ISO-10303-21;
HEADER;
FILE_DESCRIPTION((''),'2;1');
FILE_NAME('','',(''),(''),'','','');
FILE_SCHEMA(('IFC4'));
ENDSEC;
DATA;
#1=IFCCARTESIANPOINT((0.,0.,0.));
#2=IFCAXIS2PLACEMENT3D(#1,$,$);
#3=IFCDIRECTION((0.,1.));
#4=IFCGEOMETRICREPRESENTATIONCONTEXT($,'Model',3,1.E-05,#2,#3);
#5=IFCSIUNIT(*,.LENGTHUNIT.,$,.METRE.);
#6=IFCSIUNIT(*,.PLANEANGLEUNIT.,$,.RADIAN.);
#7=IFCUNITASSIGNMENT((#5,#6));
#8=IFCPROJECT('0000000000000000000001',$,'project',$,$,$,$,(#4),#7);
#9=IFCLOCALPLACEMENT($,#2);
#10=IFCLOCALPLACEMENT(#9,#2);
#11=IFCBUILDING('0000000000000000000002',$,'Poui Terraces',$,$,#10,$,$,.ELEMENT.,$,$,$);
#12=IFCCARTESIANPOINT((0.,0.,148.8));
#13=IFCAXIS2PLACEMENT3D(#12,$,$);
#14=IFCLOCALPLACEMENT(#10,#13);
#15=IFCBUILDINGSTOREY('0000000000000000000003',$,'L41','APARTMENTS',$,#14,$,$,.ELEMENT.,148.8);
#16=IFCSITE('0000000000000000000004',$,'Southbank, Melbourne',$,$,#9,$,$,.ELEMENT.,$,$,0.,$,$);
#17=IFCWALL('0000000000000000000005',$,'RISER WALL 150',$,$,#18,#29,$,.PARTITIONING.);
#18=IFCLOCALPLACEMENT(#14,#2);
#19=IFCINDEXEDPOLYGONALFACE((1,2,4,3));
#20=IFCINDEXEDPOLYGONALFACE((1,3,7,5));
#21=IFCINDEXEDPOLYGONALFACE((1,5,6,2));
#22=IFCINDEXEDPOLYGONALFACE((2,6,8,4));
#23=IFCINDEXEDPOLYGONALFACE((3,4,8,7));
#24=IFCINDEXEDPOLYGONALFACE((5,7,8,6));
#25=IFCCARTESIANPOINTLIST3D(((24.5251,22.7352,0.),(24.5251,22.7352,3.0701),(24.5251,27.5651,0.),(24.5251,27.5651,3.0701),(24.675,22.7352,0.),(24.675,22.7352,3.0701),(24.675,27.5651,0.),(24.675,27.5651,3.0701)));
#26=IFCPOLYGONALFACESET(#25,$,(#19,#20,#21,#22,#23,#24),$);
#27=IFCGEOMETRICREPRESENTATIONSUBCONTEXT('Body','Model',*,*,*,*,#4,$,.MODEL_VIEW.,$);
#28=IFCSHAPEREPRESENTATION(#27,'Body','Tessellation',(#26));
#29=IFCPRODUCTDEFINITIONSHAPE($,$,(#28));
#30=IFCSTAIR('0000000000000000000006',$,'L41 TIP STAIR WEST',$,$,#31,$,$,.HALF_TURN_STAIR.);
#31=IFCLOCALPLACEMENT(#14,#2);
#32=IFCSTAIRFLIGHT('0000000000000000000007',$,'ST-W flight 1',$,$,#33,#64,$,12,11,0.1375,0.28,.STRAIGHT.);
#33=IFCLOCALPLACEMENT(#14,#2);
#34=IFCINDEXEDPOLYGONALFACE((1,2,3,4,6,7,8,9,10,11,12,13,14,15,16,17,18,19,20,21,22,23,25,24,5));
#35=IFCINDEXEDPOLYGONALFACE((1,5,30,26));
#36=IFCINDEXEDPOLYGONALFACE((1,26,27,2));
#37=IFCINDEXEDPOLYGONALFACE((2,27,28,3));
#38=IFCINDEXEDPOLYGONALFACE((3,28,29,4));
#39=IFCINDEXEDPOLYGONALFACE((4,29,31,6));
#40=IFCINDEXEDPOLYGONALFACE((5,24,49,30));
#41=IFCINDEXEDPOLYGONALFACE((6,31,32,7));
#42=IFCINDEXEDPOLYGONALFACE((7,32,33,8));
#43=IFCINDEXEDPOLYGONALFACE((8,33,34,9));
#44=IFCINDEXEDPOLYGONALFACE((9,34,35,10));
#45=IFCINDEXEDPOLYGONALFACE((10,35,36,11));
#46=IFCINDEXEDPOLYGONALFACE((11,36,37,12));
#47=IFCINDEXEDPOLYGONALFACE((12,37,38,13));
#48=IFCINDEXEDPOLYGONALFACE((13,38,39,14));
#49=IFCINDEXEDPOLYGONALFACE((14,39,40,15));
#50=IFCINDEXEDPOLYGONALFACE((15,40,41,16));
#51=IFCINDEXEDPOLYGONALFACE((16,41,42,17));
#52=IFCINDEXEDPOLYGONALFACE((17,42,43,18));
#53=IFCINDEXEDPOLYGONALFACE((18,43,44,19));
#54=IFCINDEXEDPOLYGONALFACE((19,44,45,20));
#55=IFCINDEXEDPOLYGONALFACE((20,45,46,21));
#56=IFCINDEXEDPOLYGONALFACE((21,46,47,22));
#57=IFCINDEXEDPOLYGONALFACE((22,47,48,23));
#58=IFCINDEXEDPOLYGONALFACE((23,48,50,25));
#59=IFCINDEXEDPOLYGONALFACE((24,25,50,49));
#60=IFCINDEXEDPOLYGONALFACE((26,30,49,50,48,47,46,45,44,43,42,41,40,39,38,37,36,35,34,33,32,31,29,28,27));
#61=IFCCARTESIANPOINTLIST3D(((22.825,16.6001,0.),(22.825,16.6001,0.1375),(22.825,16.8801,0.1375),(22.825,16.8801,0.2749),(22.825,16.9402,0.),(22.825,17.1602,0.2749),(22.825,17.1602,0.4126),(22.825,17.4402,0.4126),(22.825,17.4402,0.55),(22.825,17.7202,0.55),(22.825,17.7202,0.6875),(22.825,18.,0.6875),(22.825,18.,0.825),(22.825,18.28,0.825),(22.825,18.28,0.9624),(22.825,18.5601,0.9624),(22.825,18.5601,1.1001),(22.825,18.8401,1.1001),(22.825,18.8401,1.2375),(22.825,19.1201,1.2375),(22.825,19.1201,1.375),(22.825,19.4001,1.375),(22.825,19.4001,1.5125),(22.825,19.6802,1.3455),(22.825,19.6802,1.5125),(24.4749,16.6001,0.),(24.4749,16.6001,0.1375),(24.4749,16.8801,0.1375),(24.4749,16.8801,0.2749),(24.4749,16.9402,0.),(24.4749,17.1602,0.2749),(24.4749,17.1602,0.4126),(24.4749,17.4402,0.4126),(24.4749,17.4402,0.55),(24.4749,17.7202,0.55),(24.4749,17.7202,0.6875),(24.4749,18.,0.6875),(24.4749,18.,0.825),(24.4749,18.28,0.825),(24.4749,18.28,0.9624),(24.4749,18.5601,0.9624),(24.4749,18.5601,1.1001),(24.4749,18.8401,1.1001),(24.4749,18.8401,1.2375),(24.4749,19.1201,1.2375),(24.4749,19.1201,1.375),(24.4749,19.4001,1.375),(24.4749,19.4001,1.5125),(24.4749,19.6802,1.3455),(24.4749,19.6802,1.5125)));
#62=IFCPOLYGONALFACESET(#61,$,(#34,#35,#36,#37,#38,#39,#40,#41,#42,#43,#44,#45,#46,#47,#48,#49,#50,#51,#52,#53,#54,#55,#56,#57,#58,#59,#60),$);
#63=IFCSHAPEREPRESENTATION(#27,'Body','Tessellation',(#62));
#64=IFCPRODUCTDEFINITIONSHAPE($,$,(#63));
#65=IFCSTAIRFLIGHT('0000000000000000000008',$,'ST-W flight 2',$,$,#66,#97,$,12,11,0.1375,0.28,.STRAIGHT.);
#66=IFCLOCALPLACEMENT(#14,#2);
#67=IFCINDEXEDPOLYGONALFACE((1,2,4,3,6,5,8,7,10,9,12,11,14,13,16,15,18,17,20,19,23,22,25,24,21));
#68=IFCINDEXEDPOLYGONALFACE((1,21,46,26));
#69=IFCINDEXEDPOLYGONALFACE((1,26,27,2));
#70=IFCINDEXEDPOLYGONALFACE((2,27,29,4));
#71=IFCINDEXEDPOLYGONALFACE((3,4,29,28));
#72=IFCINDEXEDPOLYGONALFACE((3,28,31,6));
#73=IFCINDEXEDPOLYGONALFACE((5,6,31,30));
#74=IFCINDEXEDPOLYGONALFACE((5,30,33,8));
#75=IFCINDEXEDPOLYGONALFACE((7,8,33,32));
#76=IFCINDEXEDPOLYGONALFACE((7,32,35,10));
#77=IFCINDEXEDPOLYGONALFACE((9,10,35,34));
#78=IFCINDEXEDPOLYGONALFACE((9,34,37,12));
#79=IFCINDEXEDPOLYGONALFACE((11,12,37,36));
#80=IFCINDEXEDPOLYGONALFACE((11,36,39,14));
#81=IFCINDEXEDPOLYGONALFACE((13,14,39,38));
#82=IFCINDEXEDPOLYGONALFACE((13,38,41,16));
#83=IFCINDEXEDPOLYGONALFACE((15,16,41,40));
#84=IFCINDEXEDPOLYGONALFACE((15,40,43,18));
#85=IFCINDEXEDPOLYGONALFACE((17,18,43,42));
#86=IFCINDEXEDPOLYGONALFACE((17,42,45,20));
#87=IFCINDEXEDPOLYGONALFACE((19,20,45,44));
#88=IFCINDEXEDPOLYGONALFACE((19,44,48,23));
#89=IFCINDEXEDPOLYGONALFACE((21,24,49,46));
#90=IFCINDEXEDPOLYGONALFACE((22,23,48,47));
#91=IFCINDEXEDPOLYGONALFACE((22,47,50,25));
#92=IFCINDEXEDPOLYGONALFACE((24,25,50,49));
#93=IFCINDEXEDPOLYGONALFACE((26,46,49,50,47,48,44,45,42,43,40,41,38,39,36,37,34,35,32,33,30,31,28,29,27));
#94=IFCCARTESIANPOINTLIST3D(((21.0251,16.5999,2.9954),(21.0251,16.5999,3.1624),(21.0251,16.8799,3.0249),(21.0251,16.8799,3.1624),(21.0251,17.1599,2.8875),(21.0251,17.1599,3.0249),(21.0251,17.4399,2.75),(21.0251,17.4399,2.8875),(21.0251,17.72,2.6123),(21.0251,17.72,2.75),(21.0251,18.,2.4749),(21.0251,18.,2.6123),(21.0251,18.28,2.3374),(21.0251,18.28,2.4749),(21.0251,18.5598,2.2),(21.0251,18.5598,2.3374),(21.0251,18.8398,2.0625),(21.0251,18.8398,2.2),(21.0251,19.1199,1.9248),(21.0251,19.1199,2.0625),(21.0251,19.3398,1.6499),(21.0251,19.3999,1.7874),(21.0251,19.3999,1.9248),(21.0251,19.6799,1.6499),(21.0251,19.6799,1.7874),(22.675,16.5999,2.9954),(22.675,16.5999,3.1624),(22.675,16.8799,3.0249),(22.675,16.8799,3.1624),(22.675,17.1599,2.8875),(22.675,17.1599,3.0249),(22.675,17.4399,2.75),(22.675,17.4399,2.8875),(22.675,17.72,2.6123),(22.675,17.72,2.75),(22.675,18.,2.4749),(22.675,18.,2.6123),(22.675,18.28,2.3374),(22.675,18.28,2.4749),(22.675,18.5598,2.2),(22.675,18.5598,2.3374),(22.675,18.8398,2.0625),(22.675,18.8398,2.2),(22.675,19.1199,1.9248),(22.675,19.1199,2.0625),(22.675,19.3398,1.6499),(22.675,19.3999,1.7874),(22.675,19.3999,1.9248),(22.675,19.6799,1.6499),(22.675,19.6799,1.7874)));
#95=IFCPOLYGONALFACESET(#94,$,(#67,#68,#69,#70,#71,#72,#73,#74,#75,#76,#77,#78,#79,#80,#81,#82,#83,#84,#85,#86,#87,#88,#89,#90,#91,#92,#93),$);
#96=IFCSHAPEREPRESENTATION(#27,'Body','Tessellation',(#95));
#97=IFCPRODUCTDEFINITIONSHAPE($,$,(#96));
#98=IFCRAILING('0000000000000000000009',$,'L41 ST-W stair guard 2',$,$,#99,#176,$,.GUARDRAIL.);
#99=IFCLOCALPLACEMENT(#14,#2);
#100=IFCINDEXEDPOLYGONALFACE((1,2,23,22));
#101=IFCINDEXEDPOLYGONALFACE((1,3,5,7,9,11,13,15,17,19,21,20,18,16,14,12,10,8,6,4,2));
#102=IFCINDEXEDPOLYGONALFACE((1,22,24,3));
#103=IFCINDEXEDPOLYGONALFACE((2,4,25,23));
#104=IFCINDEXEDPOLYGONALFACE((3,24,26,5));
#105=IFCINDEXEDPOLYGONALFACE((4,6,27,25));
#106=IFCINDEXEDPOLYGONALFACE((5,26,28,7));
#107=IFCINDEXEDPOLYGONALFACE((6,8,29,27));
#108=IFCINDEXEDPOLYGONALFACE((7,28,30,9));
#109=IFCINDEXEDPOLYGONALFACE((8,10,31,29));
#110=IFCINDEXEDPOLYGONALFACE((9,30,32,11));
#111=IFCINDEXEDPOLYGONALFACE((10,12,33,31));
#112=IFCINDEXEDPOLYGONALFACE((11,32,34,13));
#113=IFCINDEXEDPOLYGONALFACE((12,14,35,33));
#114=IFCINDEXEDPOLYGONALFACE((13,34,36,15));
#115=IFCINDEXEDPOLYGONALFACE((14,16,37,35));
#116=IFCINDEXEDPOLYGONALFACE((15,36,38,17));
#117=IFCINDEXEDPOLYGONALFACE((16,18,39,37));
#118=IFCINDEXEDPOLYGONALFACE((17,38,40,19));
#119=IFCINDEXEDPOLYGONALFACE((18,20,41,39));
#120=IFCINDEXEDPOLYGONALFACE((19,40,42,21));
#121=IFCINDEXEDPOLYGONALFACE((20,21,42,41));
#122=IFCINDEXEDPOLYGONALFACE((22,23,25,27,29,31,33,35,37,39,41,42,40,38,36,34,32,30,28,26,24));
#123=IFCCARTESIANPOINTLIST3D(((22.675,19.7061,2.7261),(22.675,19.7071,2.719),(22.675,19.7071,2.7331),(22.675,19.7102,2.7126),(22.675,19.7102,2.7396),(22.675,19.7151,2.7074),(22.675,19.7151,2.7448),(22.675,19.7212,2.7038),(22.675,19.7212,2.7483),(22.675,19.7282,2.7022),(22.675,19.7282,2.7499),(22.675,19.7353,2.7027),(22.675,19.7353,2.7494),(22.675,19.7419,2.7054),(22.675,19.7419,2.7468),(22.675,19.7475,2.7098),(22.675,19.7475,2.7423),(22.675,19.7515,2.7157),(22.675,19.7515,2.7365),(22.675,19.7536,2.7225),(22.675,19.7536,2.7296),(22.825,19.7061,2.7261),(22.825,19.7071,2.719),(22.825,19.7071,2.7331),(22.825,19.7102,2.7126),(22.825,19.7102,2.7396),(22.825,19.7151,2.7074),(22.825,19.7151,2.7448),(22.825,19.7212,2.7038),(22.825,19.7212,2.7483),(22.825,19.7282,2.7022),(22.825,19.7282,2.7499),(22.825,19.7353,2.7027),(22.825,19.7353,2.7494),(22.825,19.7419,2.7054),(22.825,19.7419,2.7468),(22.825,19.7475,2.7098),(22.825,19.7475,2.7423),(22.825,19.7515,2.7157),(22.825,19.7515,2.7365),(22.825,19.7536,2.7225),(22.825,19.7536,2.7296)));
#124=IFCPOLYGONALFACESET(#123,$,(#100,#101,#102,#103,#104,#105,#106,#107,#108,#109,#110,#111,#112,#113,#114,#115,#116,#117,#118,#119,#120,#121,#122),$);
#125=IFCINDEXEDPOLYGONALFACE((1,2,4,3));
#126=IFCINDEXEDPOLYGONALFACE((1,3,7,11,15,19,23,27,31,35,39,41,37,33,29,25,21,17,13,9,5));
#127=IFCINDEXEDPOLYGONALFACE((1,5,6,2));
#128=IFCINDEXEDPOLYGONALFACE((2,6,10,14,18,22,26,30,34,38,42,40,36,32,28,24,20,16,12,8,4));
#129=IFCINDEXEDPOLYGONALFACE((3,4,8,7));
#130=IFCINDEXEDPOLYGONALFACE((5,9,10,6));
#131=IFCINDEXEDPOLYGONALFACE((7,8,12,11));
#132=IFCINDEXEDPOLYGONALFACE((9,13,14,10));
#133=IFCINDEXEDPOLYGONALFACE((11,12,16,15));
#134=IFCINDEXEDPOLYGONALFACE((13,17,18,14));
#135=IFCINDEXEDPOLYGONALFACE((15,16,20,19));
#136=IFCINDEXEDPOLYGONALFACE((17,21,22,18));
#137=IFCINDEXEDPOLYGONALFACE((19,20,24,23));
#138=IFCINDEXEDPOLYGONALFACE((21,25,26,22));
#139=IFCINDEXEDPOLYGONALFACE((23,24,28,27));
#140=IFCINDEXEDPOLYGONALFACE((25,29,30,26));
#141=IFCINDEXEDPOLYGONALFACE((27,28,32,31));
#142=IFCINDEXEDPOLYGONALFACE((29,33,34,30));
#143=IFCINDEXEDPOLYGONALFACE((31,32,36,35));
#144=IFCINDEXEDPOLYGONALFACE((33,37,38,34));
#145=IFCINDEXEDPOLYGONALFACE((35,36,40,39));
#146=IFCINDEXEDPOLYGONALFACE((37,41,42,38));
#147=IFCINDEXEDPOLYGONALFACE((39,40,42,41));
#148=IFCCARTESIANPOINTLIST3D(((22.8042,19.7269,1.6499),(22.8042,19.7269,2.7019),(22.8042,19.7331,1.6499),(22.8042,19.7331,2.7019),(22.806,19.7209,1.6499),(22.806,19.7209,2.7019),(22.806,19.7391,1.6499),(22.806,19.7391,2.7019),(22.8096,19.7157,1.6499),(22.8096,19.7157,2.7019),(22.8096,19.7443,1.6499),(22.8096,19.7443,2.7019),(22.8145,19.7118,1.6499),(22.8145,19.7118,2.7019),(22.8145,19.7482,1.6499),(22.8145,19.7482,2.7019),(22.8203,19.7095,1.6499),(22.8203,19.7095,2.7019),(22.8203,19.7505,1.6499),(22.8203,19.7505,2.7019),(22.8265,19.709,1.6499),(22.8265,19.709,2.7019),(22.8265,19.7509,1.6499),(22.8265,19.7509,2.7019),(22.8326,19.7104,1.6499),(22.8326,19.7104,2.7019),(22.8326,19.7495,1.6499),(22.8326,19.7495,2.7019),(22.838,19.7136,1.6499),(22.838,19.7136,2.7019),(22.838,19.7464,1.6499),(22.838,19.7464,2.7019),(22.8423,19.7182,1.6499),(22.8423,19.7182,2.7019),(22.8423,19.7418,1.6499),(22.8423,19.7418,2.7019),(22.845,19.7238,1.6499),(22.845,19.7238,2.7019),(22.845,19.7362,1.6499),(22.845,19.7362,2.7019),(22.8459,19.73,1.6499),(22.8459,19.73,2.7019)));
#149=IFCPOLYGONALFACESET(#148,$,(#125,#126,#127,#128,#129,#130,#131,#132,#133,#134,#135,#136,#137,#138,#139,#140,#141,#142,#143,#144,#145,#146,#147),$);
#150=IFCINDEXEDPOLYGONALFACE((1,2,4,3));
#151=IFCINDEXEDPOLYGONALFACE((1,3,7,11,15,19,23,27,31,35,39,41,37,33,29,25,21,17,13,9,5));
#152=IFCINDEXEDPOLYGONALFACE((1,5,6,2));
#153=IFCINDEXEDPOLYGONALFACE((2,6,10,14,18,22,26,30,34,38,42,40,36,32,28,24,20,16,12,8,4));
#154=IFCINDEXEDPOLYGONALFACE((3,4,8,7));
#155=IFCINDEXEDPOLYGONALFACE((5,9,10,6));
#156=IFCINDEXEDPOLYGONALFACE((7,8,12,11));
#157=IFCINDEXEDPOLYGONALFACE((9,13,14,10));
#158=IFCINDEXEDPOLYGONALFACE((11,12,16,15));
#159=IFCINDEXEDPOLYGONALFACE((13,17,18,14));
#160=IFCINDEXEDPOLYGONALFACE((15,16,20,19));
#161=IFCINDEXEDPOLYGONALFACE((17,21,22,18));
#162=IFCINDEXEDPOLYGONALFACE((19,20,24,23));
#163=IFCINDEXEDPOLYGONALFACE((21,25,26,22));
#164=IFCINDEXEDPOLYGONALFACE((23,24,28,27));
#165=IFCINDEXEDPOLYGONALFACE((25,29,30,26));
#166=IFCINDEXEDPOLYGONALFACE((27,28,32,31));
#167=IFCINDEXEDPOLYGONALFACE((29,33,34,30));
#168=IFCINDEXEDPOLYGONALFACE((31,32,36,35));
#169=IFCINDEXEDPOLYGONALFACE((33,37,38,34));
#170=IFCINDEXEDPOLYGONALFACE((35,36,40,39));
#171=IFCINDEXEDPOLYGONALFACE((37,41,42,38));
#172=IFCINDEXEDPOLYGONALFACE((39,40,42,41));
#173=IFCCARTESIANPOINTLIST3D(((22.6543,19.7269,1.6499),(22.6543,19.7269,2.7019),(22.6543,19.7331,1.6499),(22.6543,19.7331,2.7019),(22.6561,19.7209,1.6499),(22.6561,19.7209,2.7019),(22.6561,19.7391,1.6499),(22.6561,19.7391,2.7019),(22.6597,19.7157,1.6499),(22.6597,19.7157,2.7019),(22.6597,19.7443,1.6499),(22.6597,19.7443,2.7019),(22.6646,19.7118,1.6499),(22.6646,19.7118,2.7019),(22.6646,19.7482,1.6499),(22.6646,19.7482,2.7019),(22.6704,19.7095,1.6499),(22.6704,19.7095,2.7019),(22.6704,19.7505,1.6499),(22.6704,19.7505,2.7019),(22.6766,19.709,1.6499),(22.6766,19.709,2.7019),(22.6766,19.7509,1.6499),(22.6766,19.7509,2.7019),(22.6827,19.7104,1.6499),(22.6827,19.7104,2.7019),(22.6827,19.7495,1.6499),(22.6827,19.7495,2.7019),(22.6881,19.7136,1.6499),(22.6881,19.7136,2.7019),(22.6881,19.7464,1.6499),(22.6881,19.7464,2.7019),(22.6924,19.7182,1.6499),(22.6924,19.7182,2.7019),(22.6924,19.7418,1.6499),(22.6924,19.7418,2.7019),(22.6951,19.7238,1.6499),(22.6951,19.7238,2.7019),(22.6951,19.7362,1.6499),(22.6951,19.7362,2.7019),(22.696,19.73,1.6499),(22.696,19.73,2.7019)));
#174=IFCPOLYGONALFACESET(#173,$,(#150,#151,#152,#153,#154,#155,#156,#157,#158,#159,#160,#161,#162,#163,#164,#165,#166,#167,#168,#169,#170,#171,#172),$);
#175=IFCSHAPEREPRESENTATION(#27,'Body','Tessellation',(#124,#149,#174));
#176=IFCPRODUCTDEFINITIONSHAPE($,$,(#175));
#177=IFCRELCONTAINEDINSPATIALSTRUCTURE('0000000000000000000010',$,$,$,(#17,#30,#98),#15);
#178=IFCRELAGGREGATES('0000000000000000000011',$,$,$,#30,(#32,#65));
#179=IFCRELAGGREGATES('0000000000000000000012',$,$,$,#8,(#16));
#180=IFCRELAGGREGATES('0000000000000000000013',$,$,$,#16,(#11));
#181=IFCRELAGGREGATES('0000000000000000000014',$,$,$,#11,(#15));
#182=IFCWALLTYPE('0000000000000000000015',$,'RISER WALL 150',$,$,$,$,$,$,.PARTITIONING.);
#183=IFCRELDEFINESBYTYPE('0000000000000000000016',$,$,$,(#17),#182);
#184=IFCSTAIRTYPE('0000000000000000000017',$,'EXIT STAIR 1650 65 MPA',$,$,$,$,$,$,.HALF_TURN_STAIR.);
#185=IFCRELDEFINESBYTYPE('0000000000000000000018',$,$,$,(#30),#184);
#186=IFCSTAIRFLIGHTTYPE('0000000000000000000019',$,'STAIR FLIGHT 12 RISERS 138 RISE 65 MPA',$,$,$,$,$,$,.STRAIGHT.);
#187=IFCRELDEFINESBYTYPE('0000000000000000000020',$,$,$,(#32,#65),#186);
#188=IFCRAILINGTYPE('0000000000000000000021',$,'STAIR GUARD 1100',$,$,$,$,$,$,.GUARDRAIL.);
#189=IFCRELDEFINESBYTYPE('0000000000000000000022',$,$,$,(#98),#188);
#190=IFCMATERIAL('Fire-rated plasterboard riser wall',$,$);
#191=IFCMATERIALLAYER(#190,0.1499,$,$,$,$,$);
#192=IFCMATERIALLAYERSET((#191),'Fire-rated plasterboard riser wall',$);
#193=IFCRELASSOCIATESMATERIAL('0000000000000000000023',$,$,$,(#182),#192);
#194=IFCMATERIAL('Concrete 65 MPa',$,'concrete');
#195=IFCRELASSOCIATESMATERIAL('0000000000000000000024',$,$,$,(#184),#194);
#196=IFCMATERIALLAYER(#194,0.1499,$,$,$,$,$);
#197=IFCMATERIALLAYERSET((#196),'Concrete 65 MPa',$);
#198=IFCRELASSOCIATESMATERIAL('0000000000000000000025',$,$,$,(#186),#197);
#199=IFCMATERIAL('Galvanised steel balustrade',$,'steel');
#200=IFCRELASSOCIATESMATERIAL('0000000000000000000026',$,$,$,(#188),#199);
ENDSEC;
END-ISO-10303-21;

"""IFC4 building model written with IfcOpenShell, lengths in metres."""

from ifc_helpers import new_model, si_unit, direction, frame, frame_2d, origin, origin_2d, place, context, subcontext, project, spatial, polyline, rectangle, circle, outline, extrude, material, layer, layer_set, type_object, element, aggregate, save


model = new_model("IFC4")

# Units and contexts
model_context = context("Model", 3, precision=1e-05, world=origin(), true_north=direction((0.0, 1.0)))
body_context = subcontext(model_context, "Body", "Model", "MODEL_VIEW")
ifc_project = project(units=[si_unit("LENGTHUNIT", "METRE"), si_unit("PLANEANGLEUNIT", "RADIAN")], contexts=[model_context])

# Site, building, storey
site_placement = place(None, origin())
site = spatial("IfcSite", under=ifc_project, at=site_placement, Name="Southbank, Melbourne", CompositionType="ELEMENT", RefElevation=0.0)
building_placement = place(site_placement, origin())
building = spatial("IfcBuilding", under=site, at=building_placement, Name="Poui Terraces", CompositionType="ELEMENT")
storey_placement = place(building_placement, frame((0.0, 0.0, 148.8)))
storey = spatial("IfcBuildingStorey", under=building, at=storey_placement, Name="L41", Description="APARTMENTS", CompositionType="ELEMENT", Elevation=148.8)

# Wall
ifc_material_1 = material(Name="Fire-rated plasterboard riser wall")
ifc_layer_1 = layer(ifc_material_1, 0.1499)
ifc_layer_set_1 = layer_set([ifc_layer_1], Name="Fire-rated plasterboard riser wall")
wall_type = type_object("IfcWallType", Name="RISER WALL 150", PredefinedType="PARTITIONING", material=ifc_layer_set_1)
wall_placement = place(storey_placement, frame((24.6001, 22.7351, 0.0), z_axis=(0.0, 0.0, 1.0), x_axis=(0.0, 1.0, 0.0)))
element("IfcWall", 1, at=wall_placement, inside=storey, type_object=wall_type, Name="RISER WALL 150", PredefinedType="PARTITIONING", context=body_context, shape_type="SweptSolid", body=[
    extrude(rectangle(XDim=4.8298, YDim=0.1499, at=frame_2d((2.415, 0.0))), origin(), (0.0, 0.0, 1.0), 3.0701),
])

# Stair, stair flights
ifc_material_2 = material(Name="Concrete 65 MPa", Category="concrete")
stair_type = type_object("IfcStairType", Name="EXIT STAIR 1650 65 MPA", PredefinedType="HALF_TURN_STAIR", material=ifc_material_2)
stair_placement = place(storey_placement, origin())
stair = element("IfcStair", 2, at=stair_placement, inside=storey, type_object=stair_type, Name="L41 TIP STAIR WEST", PredefinedType="HALF_TURN_STAIR")
ifc_layer_2 = layer(ifc_material_2, 0.1499)
ifc_layer_set_2 = layer_set([ifc_layer_2], Name="Concrete 65 MPa")
stair_flight_type = type_object("IfcStairFlightType", Name="STAIR FLIGHT 12 RISERS 138 RISE 65 MPA", PredefinedType="STRAIGHT", material=ifc_layer_set_2)
stair_flight_1_placement = place(storey_placement, frame((23.6499, 16.6001, 0.0), z_axis=(0.0, 0.0, 1.0), x_axis=(0.0, 1.0, 0.0)))
stair_flight_1 = element("IfcStairFlight", 3, at=stair_flight_1_placement, type_object=stair_flight_type, Name="ST-W flight 1", NumberOfRisers=12, NumberOfTreads=11, PredefinedType="STRAIGHT", RiserHeight=0.1375, TreadLength=0.28, context=body_context, shape_type="SweptSolid", body=[
    extrude(outline(polyline([(0.0, 0.0), (0.0, 0.1375), (0.28, 0.1375), (0.28, 0.2749), (0.5601, 0.2749), (0.5601, 0.4126), (0.8401, 0.4126), (0.8401, 0.55), (1.1201, 0.55), (1.1201, 0.6875), (1.3999, 0.6875), (1.3999, 0.825), (1.6799, 0.825), (1.6799, 0.9624), (1.96, 0.9624), (1.96, 1.1001), (2.24, 1.1001), (2.24, 1.2375), (2.52, 1.2375), (2.52, 1.375), (2.8, 1.375), (2.8, 1.5125), (3.0801, 1.5125), (3.0801, 1.6499), (3.0801, 1.3455), (0.3401, 0.0), (0.0, 0.0)])), frame((0.0, 0.825, 0.0), z_axis=(0.0, -1.0, 0.0), x_axis=(1.0, 0.0, 0.0)), (0.0, 0.0, 1.0), 1.6499),
])
stair_flight_2_placement = place(storey_placement, frame((21.8501, 19.6799, 1.6499), z_axis=(0.0, 0.0, 1.0), x_axis=(0.0, -1.0, 0.0)))
stair_flight_2 = element("IfcStairFlight", 4, at=stair_flight_2_placement, type_object=stair_flight_type, Name="ST-W flight 2", NumberOfRisers=12, NumberOfTreads=11, PredefinedType="STRAIGHT", RiserHeight=0.1375, TreadLength=0.28, context=body_context, shape_type="SweptSolid", body=[
    extrude(outline(polyline([(0.0, 0.0), (0.0, 0.1375), (0.28, 0.1375), (0.28, 0.2749), (0.5601, 0.2749), (0.5601, 0.4126), (0.8401, 0.4126), (0.8401, 0.55), (1.1201, 0.55), (1.1201, 0.6875), (1.3999, 0.6875), (1.3999, 0.825), (1.6799, 0.825), (1.6799, 0.9624), (1.96, 0.9624), (1.96, 1.1001), (2.24, 1.1001), (2.24, 1.2375), (2.52, 1.2375), (2.52, 1.375), (2.8, 1.375), (2.8, 1.5125), (3.0801, 1.5125), (3.0801, 1.6499), (3.0801, 1.3455), (0.3401, 0.0), (0.0, 0.0)])), frame((0.0, 0.825, 0.0), z_axis=(0.0, -1.0, 0.0), x_axis=(1.0, 0.0, 0.0)), (0.0, 0.0, 1.0), 1.6499),
])
aggregate(stair, [stair_flight_1, stair_flight_2])

# Railing
ifc_material_3 = material(Name="Galvanised steel balustrade", Category="steel")
railing_type_1 = type_object("IfcRailingType", Name="STAIR GUARD 1100", PredefinedType="GUARDRAIL", material=ifc_material_3)
railing_1_placement = place(storey_placement, frame((22.825, 19.73, 1.6499)))
element("IfcRailing", 5, at=railing_1_placement, inside=storey, type_object=railing_type_1, Name="L41 ST-W stair guard 2", PredefinedType="GUARDRAIL", context=body_context, shape_type="SweptSolid", body=[
    extrude(circle(Radius=0.0239, at=origin_2d()), frame((0.0, 0.0, 1.0762), z_axis=(-1.0, 0.0, 0.0), x_axis=(0.0, -1.0, 0.0)), (0.0, 0.0, 1.0), 0.1499),
    extrude(circle(Radius=0.021, at=origin_2d()), origin(), (0.0, 0.0, 1.0), 1.052),
    extrude(circle(Radius=0.021, at=origin_2d()), frame((-0.1499, 0.0, 0.0)), (0.0, 0.0, 1.0), 1.052),
])

save(model, "model.ifc")
